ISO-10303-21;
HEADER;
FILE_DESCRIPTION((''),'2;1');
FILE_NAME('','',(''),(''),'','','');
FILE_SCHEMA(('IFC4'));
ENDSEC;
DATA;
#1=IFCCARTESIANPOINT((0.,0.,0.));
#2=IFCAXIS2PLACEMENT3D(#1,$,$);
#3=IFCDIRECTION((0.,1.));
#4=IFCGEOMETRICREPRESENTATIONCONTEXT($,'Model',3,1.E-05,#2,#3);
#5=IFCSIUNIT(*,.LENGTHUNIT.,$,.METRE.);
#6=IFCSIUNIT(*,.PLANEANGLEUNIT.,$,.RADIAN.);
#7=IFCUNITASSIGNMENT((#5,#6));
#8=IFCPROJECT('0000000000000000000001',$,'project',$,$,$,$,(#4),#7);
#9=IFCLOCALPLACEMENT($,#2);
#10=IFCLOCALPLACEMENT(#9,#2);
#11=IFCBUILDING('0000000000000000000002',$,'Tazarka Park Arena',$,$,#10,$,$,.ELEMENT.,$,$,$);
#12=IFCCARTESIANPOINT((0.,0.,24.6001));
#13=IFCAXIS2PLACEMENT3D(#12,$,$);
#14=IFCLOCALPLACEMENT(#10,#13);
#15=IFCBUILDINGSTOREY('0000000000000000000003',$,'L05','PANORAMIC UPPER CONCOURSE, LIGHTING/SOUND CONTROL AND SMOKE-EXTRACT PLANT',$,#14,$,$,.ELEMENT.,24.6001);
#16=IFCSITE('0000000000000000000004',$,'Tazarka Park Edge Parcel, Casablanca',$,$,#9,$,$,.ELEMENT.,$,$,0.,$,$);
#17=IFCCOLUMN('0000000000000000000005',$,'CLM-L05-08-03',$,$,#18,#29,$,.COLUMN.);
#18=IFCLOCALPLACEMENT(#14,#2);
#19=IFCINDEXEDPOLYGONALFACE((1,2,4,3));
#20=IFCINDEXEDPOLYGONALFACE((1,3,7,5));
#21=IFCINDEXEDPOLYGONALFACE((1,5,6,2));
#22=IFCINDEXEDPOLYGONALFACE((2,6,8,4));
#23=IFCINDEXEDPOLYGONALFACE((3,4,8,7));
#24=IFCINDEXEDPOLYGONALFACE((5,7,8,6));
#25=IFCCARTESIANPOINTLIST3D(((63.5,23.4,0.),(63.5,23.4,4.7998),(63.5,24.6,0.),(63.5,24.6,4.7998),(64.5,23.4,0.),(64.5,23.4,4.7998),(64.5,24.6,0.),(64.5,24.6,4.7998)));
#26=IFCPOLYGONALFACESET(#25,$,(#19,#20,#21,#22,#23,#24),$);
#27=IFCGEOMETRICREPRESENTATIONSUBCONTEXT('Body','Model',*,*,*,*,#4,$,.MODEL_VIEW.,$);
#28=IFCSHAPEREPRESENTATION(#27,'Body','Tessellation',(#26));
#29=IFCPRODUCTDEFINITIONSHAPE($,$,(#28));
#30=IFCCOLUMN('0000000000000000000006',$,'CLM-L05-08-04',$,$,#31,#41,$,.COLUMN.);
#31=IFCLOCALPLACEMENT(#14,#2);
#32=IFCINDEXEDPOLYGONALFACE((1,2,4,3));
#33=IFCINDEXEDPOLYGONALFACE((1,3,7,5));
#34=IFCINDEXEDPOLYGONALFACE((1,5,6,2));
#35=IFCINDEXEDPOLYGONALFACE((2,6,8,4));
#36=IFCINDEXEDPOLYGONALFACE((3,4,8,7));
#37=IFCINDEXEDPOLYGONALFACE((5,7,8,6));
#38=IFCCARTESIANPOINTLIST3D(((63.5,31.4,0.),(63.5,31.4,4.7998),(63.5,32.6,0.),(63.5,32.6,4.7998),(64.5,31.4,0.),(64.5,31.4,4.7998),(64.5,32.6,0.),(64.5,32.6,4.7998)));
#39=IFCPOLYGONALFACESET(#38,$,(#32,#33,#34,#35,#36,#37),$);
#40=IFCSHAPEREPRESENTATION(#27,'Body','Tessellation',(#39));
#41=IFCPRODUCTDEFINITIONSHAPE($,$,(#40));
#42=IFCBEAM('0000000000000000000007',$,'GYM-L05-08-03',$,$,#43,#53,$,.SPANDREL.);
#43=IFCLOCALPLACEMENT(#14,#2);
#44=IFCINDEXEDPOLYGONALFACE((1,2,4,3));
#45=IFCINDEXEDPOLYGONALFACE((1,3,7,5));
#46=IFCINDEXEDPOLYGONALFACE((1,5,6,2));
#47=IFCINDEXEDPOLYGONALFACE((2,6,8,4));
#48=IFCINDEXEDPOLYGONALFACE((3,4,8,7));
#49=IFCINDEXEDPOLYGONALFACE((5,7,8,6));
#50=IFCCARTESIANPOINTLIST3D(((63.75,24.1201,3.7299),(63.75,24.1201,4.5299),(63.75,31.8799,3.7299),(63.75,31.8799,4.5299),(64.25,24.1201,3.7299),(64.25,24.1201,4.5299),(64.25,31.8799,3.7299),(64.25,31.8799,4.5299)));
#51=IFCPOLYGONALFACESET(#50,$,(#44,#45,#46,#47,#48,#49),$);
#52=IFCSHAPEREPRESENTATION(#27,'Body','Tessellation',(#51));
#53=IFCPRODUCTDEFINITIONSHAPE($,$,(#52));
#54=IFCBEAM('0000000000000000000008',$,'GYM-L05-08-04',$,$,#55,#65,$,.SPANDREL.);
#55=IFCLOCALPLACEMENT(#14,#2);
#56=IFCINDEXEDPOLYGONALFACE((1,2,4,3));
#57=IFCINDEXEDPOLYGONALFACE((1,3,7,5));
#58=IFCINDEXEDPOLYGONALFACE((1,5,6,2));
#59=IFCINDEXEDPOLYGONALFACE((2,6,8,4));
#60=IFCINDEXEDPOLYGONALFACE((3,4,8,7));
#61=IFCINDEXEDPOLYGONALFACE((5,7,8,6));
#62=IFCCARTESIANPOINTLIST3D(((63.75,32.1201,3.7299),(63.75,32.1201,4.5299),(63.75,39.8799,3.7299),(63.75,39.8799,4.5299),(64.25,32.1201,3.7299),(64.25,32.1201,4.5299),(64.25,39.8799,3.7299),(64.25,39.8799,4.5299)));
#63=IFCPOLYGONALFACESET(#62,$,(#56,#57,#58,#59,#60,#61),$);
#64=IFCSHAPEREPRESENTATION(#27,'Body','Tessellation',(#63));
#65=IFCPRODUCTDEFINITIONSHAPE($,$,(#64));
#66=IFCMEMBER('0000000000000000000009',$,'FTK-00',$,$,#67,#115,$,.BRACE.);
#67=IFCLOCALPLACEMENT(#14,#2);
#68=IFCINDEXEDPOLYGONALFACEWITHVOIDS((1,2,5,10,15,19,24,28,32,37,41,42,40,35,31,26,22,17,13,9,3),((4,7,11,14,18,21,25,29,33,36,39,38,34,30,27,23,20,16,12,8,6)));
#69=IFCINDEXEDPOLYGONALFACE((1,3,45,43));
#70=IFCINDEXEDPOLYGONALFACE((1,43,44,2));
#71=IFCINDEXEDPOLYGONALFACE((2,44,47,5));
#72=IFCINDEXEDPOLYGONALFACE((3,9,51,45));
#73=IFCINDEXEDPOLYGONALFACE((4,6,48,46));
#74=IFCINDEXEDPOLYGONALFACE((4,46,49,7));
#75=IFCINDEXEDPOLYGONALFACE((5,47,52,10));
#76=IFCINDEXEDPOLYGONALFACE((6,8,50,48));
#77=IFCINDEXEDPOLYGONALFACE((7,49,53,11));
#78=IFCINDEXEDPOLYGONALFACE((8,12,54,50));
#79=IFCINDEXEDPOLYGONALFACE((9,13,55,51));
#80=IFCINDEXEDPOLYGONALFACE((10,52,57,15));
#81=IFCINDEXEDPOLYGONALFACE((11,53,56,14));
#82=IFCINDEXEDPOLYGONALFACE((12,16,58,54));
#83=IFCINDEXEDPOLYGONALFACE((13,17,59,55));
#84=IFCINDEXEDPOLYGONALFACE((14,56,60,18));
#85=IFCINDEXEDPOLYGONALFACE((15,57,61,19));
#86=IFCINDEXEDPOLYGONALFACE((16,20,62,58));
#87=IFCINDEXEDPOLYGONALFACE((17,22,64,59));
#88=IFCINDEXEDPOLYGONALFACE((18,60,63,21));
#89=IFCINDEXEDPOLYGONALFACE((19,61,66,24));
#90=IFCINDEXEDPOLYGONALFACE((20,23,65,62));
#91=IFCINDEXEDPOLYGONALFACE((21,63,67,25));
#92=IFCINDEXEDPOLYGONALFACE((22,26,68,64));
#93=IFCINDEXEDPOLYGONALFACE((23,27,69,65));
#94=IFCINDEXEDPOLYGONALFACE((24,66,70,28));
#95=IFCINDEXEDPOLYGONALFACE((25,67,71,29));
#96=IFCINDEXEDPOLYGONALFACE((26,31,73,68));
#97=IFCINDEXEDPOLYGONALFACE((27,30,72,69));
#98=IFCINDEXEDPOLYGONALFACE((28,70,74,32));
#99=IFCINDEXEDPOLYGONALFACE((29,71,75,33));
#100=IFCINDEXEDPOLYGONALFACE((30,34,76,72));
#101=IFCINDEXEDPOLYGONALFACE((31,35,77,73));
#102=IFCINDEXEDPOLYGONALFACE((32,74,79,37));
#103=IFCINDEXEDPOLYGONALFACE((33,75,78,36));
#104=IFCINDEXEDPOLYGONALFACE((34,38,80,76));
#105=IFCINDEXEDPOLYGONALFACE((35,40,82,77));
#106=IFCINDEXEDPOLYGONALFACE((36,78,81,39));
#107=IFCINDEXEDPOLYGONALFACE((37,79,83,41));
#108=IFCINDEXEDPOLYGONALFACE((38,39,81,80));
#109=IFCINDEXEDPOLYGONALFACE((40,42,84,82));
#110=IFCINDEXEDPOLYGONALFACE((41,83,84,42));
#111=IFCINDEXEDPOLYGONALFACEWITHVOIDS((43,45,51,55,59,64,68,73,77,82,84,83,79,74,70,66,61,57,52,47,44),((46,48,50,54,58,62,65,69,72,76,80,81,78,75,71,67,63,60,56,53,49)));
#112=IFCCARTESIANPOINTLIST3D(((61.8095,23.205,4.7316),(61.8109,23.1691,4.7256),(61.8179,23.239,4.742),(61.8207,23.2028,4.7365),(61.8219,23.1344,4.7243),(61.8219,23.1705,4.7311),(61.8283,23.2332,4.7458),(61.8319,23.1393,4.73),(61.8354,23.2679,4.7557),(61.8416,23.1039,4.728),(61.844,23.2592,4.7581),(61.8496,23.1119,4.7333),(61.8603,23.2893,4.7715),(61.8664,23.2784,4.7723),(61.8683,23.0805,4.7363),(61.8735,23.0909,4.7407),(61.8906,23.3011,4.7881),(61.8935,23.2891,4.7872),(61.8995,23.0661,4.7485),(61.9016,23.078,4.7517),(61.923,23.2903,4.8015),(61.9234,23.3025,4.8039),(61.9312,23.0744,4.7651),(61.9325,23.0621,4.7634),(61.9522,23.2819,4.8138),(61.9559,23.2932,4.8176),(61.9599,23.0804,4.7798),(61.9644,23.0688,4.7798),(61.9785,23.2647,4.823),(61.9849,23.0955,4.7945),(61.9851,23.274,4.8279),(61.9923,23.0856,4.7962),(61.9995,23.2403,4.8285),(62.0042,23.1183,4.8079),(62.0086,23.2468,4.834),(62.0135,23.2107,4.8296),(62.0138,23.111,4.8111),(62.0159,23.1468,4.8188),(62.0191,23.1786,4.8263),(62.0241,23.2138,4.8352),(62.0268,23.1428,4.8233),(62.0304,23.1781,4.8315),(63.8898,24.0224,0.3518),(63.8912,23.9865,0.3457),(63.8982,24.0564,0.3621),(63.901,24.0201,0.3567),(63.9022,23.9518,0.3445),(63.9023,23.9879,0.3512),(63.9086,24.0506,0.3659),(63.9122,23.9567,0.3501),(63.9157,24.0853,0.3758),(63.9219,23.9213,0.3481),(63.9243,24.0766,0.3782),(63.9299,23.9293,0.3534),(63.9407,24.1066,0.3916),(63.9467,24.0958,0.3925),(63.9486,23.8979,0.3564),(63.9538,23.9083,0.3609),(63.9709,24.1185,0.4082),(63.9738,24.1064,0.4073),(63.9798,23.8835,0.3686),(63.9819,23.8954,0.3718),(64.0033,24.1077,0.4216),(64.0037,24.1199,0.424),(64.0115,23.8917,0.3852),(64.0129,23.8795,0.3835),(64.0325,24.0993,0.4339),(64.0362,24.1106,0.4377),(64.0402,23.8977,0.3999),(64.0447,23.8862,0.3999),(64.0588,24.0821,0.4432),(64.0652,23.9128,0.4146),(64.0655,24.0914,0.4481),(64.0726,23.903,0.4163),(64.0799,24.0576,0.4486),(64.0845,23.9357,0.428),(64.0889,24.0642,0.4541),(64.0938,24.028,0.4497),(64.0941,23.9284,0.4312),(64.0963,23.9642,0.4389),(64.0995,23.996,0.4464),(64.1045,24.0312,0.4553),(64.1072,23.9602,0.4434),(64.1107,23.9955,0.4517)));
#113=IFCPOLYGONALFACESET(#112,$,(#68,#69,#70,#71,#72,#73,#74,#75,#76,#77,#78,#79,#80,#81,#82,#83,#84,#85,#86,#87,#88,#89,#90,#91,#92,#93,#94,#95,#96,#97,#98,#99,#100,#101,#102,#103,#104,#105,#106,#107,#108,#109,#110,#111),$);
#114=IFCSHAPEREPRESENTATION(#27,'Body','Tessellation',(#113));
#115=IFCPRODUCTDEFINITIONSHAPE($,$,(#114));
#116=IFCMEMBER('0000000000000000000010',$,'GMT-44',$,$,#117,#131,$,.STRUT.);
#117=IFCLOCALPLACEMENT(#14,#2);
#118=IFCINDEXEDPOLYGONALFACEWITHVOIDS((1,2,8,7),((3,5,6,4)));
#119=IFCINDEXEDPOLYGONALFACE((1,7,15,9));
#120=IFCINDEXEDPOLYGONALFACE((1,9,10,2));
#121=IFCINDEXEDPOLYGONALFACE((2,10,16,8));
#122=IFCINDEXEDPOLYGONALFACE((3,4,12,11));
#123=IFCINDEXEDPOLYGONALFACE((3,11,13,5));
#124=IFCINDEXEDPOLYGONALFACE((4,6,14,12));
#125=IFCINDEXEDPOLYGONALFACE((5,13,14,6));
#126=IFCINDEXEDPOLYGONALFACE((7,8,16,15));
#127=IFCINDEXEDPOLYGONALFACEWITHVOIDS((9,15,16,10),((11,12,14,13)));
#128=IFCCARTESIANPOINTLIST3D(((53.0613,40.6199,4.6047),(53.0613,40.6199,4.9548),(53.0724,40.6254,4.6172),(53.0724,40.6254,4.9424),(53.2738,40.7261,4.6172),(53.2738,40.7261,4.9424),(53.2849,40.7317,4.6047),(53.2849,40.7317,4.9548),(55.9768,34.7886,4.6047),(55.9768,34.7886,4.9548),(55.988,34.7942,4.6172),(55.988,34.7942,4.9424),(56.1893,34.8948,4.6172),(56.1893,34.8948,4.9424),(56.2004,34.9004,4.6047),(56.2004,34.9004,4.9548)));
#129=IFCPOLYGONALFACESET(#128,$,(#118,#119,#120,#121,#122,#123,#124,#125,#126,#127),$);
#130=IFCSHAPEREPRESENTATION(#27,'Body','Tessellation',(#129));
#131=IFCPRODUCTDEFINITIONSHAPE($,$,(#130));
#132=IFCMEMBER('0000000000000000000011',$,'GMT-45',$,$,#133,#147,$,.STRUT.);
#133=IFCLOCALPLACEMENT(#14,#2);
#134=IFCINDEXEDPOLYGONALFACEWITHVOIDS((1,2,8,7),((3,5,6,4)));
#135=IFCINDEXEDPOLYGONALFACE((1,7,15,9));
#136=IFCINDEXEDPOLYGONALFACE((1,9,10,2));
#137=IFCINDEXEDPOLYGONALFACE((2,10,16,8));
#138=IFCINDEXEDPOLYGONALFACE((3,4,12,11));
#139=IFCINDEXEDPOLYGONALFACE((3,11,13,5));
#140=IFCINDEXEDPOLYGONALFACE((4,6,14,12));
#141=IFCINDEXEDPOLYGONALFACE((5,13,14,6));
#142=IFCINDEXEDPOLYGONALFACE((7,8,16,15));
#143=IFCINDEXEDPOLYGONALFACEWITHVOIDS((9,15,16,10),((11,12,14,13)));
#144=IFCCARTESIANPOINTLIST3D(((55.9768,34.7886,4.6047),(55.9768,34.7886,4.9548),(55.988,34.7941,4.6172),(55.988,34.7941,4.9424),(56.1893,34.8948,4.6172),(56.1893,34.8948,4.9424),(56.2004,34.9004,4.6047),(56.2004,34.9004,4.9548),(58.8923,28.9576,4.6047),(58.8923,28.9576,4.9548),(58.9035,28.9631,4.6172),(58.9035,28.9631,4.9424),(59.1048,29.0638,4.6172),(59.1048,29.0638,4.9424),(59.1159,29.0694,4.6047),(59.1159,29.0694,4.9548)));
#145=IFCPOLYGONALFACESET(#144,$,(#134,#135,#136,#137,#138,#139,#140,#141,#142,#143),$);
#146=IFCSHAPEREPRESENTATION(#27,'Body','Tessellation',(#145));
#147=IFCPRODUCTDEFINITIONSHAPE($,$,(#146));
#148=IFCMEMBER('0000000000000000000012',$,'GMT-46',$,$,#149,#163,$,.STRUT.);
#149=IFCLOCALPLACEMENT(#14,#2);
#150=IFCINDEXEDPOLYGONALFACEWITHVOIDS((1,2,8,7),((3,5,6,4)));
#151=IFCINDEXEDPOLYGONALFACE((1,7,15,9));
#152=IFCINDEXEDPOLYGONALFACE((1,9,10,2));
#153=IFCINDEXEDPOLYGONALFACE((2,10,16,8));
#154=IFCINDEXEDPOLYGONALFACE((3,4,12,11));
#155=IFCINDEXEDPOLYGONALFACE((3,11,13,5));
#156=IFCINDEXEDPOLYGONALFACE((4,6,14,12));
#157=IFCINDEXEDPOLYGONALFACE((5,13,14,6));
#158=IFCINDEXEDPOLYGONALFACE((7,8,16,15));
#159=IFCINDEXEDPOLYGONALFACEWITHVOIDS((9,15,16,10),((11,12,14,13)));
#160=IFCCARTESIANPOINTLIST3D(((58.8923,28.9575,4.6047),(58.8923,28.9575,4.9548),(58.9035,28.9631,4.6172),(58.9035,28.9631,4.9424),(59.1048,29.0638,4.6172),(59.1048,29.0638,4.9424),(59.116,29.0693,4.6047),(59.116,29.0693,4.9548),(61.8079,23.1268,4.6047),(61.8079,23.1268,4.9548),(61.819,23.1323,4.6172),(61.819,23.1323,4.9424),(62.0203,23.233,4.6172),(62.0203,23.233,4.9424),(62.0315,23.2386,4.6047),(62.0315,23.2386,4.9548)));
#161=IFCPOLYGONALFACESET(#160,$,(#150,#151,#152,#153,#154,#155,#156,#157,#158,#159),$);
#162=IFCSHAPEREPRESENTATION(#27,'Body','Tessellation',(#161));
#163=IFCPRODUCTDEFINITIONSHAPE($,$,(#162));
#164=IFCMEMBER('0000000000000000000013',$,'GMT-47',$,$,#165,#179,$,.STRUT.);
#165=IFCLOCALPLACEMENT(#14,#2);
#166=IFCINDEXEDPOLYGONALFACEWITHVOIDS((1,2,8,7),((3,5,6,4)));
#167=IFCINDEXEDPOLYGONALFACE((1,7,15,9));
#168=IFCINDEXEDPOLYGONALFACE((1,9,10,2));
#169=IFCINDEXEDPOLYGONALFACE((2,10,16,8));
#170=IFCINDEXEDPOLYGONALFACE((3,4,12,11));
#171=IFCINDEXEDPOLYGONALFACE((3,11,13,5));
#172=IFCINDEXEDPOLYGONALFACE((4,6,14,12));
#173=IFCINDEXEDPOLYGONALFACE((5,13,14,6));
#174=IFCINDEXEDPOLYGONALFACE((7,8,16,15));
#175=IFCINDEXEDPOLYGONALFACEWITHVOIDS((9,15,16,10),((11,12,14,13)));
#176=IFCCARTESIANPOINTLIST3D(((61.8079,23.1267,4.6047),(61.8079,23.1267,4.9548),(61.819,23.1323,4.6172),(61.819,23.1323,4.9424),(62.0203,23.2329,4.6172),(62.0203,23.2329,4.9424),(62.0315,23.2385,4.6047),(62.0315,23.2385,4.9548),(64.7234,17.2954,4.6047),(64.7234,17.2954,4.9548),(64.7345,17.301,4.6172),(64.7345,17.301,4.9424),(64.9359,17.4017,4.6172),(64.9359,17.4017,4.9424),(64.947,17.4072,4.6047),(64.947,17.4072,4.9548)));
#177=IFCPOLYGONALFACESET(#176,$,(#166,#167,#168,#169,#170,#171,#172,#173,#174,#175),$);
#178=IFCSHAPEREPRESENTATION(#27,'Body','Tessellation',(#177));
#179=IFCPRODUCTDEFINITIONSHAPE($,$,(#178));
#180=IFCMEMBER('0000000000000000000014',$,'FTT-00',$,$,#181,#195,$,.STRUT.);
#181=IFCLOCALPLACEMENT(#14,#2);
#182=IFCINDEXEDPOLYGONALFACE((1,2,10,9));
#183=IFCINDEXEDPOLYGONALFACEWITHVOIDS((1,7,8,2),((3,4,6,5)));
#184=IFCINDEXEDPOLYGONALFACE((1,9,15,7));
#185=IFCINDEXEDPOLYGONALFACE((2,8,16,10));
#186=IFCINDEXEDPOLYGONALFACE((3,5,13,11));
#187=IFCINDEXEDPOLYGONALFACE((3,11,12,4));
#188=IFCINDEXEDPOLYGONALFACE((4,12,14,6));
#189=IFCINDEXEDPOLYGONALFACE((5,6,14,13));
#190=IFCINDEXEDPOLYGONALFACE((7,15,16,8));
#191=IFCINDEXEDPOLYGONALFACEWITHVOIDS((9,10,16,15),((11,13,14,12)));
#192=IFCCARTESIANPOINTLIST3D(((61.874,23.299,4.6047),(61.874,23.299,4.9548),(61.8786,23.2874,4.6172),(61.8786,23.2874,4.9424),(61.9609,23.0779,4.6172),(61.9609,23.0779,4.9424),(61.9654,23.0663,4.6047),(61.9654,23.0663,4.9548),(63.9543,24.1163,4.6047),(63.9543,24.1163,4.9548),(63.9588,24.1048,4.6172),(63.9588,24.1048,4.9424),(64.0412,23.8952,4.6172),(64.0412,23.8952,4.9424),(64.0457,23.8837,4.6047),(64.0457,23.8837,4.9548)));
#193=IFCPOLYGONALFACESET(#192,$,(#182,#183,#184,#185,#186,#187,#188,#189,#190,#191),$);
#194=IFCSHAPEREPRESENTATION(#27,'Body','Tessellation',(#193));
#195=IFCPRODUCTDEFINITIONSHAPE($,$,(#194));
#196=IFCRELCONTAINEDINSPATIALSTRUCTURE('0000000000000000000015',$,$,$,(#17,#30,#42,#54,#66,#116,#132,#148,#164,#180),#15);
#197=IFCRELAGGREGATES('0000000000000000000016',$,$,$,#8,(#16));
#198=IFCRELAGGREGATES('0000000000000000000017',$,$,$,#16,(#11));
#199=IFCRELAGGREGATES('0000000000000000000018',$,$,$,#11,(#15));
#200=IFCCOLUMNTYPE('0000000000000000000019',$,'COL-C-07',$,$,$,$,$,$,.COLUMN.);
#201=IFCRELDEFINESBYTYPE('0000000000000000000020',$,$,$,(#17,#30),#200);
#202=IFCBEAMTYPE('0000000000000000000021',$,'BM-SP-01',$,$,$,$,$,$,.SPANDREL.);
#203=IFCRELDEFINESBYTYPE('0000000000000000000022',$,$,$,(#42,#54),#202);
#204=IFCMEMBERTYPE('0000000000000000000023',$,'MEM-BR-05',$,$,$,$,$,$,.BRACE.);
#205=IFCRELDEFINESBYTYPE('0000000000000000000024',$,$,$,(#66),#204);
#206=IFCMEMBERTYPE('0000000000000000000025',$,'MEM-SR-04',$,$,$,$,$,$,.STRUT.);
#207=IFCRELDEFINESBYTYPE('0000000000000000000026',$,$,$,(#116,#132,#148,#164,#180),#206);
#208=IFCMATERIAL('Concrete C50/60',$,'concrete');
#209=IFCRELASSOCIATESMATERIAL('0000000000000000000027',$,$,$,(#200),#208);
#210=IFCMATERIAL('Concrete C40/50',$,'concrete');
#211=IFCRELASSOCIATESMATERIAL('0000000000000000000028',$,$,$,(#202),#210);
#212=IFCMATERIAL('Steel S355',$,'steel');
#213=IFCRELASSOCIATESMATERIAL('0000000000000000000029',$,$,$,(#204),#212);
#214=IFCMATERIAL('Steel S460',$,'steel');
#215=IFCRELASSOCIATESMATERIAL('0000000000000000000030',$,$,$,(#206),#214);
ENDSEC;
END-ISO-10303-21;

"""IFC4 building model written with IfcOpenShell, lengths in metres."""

from ifc_helpers import new_model, si_unit, direction, frame, origin, origin_2d, place, context, subcontext, project, spatial, rectangle, hollow_rectangle, hollow_circle, extrude, material, material_profile, profile_set, type_object, element, save


model = new_model("IFC4")

# Units and contexts
model_context = context("Model", 3, precision=1e-05, world=origin(), true_north=direction((0.0, 1.0)))
body_context = subcontext(model_context, "Body", "Model", "MODEL_VIEW")
ifc_project = project(units=[si_unit("LENGTHUNIT", "METRE"), si_unit("PLANEANGLEUNIT", "RADIAN")], contexts=[model_context])

# Site, building, storey
site_placement = place(None, origin())
site = spatial("IfcSite", under=ifc_project, at=site_placement, Name="Tazarka Park Edge Parcel, Casablanca", CompositionType="ELEMENT", RefElevation=0.0)
building_placement = place(site_placement, origin())
building = spatial("IfcBuilding", under=site, at=building_placement, Name="Tazarka Park Arena", CompositionType="ELEMENT")
storey_placement = place(building_placement, frame((0.0, 0.0, 24.6001)))
storey = spatial("IfcBuildingStorey", under=building, at=storey_placement, Name="L05", Description="PANORAMIC UPPER CONCOURSE, LIGHTING/SOUND CONTROL AND SMOKE-EXTRACT PLANT", CompositionType="ELEMENT", Elevation=24.6001)

# Columns
ifc_material_1 = material(Name="Concrete C50/60", Category="concrete")
ifc_material_profile_1 = material_profile(ifc_material_1, rectangle(XDim=1.0, YDim=1.2, at=origin_2d()), Name="Concrete C50/60")
ifc_profile_set_1 = profile_set([ifc_material_profile_1], Name="Concrete C50/60")
column_type = type_object("IfcColumnType", Name="COL-C-07", PredefinedType="COLUMN", material=ifc_profile_set_1)
for number, where, z_axis, x_axis, name in (
    (1, (64.0, 24.0, 0.0), (0.0, 0.0, 1.0), (1.0, 0.0, 0.0), "CLM-L05-08-03"),
    (2, (64.0, 32.0, 0.0), (0.0, 0.0, 1.0), (1.0, 0.0, 0.0), "CLM-L05-08-04"),
):
    element("IfcColumn", number, at=place(storey_placement, frame(where, z_axis=z_axis, x_axis=x_axis)), inside=storey, type_object=column_type, Name=name, PredefinedType="COLUMN", context=body_context, shape_type="SweptSolid", body=[
        extrude(rectangle(XDim=1.0, YDim=1.2, at=origin_2d()), origin(), (0.0, 0.0, 1.0), 4.7998),
    ])

# Beams
ifc_material_2 = material(Name="Concrete C40/50", Category="concrete")
ifc_material_profile_2 = material_profile(ifc_material_2, rectangle(XDim=0.5, YDim=0.8, at=origin_2d()), Name="Concrete C40/50")
ifc_profile_set_2 = profile_set([ifc_material_profile_2], Name="Concrete C40/50")
beam_type = type_object("IfcBeamType", Name="BM-SP-01", PredefinedType="SPANDREL", material=ifc_profile_set_2)
for number, where, z_axis, x_axis, name in (
    (3, (64.0, 24.1201, 4.1299), (0.0, 1.0, 0.0), (-1.0, 0.0, 0.0), "GYM-L05-08-03"),
    (4, (64.0, 32.1201, 4.1299), (0.0, 1.0, 0.0), (-1.0, 0.0, 0.0), "GYM-L05-08-04"),
):
    element("IfcBeam", number, at=place(storey_placement, frame(where, z_axis=z_axis, x_axis=x_axis)), inside=storey, type_object=beam_type, Name=name, PredefinedType="SPANDREL", context=body_context, shape_type="SweptSolid", body=[
        extrude(rectangle(XDim=0.5, YDim=0.8, at=origin_2d()), origin(), (0.0, 0.0, 1.0), 7.7598),
    ])

# Members
ifc_material_3 = material(Name="Steel S355", Category="steel")
ifc_material_profile_3 = material_profile(ifc_material_3, hollow_circle(Radius=0.1223, WallThickness=0.0125, at=origin_2d()), Name="Steel S355")
ifc_profile_set_3 = profile_set([ifc_material_profile_3], Name="Steel S355")
member_type_1 = type_object("IfcMemberType", Name="MEM-BR-05", PredefinedType="BRACE", material=ifc_profile_set_3)
member_1_placement = place(storey_placement, frame((64.0, 24.0, 0.3999), z_axis=(-0.423067, -0.166228, 0.89072), x_axis=(0.365696, -0.930734, 0.0)))
element("IfcMember", 5, at=member_1_placement, inside=storey, type_object=member_type_1, Name="FTK-00", PredefinedType="BRACE", context=body_context, shape_type="SweptSolid", body=[
    extrude(hollow_circle(Radius=0.1223, WallThickness=0.0125, at=origin_2d()), origin(), (0.0, 0.0, 1.0), 4.9172),
])
ifc_material_4 = material(Name="Steel S460", Category="steel")
ifc_material_profile_4 = material_profile(ifc_material_4, hollow_rectangle(XDim=0.25, YDim=0.3501, WallThickness=0.0125, at=origin_2d()), Name="Steel S460")
ifc_profile_set_4 = profile_set([ifc_material_profile_4], Name="Steel S460")
member_type_2 = type_object("IfcMemberType", Name="MEM-SR-04", PredefinedType="STRUT", material=ifc_profile_set_4)
member_2_placement = place(storey_placement, frame((53.1731, 40.6758, 4.7798), z_axis=(0.447199, -0.894435, 0.0), x_axis=(0.894435, 0.447199, 0.0)))
element("IfcMember", 6, at=member_2_placement, inside=storey, type_object=member_type_2, Name="GMT-44", PredefinedType="STRUT", context=body_context, shape_type="SweptSolid", body=[
    extrude(hollow_rectangle(XDim=0.25, YDim=0.3501, WallThickness=0.0125, at=origin_2d()), origin(), (0.0, 0.0, 1.0), 6.5195),
])
member_3_placement = place(storey_placement, frame((56.0886, 34.8445, 4.7798), z_axis=(0.447214, -0.894427, 0.0), x_axis=(0.894427, 0.447214, 0.0)))
element("IfcMember", 7, at=member_3_placement, inside=storey, type_object=member_type_2, Name="GMT-45", PredefinedType="STRUT", context=body_context, shape_type="SweptSolid", body=[
    extrude(hollow_rectangle(XDim=0.25, YDim=0.3501, WallThickness=0.0125, at=origin_2d()), origin(), (0.0, 0.0, 1.0), 6.5193),
])
member_4_placement = place(storey_placement, frame((59.0042, 29.0134, 4.7798), z_axis=(0.447229, -0.89442, 0.0), x_axis=(0.89442, 0.447229, 0.0)))
element("IfcMember", 8, at=member_4_placement, inside=storey, type_object=member_type_2, Name="GMT-46", PredefinedType="STRUT", context=body_context, shape_type="SweptSolid", body=[
    extrude(hollow_rectangle(XDim=0.25, YDim=0.3501, WallThickness=0.0125, at=origin_2d()), origin(), (0.0, 0.0, 1.0), 6.519),
])
member_5_placement = place(storey_placement, frame((61.9197, 23.1826, 4.7798), z_axis=(0.447199, -0.894435, 0.0), x_axis=(0.894435, 0.447199, 0.0)))
element("IfcMember", 9, at=member_5_placement, inside=storey, type_object=member_type_2, Name="GMT-47", PredefinedType="STRUT", context=body_context, shape_type="SweptSolid", body=[
    extrude(hollow_rectangle(XDim=0.25, YDim=0.3501, WallThickness=0.0125, at=origin_2d()), origin(), (0.0, 0.0, 1.0), 6.5195),
])
member_6_placement = place(storey_placement, frame((64.0, 24.0, 4.7798), z_axis=(-0.930734, -0.365696, 0.0), x_axis=(0.365696, -0.930734, 0.0)))
element("IfcMember", 10, at=member_6_placement, inside=storey, type_object=member_type_2, Name="FTT-00", PredefinedType="STRUT", context=body_context, shape_type="SweptSolid", body=[
    extrude(hollow_rectangle(XDim=0.25, YDim=0.3501, WallThickness=0.0125, at=origin_2d()), origin(), (0.0, 0.0, 1.0), 2.2351),
])

save(model, "model.ifc")
